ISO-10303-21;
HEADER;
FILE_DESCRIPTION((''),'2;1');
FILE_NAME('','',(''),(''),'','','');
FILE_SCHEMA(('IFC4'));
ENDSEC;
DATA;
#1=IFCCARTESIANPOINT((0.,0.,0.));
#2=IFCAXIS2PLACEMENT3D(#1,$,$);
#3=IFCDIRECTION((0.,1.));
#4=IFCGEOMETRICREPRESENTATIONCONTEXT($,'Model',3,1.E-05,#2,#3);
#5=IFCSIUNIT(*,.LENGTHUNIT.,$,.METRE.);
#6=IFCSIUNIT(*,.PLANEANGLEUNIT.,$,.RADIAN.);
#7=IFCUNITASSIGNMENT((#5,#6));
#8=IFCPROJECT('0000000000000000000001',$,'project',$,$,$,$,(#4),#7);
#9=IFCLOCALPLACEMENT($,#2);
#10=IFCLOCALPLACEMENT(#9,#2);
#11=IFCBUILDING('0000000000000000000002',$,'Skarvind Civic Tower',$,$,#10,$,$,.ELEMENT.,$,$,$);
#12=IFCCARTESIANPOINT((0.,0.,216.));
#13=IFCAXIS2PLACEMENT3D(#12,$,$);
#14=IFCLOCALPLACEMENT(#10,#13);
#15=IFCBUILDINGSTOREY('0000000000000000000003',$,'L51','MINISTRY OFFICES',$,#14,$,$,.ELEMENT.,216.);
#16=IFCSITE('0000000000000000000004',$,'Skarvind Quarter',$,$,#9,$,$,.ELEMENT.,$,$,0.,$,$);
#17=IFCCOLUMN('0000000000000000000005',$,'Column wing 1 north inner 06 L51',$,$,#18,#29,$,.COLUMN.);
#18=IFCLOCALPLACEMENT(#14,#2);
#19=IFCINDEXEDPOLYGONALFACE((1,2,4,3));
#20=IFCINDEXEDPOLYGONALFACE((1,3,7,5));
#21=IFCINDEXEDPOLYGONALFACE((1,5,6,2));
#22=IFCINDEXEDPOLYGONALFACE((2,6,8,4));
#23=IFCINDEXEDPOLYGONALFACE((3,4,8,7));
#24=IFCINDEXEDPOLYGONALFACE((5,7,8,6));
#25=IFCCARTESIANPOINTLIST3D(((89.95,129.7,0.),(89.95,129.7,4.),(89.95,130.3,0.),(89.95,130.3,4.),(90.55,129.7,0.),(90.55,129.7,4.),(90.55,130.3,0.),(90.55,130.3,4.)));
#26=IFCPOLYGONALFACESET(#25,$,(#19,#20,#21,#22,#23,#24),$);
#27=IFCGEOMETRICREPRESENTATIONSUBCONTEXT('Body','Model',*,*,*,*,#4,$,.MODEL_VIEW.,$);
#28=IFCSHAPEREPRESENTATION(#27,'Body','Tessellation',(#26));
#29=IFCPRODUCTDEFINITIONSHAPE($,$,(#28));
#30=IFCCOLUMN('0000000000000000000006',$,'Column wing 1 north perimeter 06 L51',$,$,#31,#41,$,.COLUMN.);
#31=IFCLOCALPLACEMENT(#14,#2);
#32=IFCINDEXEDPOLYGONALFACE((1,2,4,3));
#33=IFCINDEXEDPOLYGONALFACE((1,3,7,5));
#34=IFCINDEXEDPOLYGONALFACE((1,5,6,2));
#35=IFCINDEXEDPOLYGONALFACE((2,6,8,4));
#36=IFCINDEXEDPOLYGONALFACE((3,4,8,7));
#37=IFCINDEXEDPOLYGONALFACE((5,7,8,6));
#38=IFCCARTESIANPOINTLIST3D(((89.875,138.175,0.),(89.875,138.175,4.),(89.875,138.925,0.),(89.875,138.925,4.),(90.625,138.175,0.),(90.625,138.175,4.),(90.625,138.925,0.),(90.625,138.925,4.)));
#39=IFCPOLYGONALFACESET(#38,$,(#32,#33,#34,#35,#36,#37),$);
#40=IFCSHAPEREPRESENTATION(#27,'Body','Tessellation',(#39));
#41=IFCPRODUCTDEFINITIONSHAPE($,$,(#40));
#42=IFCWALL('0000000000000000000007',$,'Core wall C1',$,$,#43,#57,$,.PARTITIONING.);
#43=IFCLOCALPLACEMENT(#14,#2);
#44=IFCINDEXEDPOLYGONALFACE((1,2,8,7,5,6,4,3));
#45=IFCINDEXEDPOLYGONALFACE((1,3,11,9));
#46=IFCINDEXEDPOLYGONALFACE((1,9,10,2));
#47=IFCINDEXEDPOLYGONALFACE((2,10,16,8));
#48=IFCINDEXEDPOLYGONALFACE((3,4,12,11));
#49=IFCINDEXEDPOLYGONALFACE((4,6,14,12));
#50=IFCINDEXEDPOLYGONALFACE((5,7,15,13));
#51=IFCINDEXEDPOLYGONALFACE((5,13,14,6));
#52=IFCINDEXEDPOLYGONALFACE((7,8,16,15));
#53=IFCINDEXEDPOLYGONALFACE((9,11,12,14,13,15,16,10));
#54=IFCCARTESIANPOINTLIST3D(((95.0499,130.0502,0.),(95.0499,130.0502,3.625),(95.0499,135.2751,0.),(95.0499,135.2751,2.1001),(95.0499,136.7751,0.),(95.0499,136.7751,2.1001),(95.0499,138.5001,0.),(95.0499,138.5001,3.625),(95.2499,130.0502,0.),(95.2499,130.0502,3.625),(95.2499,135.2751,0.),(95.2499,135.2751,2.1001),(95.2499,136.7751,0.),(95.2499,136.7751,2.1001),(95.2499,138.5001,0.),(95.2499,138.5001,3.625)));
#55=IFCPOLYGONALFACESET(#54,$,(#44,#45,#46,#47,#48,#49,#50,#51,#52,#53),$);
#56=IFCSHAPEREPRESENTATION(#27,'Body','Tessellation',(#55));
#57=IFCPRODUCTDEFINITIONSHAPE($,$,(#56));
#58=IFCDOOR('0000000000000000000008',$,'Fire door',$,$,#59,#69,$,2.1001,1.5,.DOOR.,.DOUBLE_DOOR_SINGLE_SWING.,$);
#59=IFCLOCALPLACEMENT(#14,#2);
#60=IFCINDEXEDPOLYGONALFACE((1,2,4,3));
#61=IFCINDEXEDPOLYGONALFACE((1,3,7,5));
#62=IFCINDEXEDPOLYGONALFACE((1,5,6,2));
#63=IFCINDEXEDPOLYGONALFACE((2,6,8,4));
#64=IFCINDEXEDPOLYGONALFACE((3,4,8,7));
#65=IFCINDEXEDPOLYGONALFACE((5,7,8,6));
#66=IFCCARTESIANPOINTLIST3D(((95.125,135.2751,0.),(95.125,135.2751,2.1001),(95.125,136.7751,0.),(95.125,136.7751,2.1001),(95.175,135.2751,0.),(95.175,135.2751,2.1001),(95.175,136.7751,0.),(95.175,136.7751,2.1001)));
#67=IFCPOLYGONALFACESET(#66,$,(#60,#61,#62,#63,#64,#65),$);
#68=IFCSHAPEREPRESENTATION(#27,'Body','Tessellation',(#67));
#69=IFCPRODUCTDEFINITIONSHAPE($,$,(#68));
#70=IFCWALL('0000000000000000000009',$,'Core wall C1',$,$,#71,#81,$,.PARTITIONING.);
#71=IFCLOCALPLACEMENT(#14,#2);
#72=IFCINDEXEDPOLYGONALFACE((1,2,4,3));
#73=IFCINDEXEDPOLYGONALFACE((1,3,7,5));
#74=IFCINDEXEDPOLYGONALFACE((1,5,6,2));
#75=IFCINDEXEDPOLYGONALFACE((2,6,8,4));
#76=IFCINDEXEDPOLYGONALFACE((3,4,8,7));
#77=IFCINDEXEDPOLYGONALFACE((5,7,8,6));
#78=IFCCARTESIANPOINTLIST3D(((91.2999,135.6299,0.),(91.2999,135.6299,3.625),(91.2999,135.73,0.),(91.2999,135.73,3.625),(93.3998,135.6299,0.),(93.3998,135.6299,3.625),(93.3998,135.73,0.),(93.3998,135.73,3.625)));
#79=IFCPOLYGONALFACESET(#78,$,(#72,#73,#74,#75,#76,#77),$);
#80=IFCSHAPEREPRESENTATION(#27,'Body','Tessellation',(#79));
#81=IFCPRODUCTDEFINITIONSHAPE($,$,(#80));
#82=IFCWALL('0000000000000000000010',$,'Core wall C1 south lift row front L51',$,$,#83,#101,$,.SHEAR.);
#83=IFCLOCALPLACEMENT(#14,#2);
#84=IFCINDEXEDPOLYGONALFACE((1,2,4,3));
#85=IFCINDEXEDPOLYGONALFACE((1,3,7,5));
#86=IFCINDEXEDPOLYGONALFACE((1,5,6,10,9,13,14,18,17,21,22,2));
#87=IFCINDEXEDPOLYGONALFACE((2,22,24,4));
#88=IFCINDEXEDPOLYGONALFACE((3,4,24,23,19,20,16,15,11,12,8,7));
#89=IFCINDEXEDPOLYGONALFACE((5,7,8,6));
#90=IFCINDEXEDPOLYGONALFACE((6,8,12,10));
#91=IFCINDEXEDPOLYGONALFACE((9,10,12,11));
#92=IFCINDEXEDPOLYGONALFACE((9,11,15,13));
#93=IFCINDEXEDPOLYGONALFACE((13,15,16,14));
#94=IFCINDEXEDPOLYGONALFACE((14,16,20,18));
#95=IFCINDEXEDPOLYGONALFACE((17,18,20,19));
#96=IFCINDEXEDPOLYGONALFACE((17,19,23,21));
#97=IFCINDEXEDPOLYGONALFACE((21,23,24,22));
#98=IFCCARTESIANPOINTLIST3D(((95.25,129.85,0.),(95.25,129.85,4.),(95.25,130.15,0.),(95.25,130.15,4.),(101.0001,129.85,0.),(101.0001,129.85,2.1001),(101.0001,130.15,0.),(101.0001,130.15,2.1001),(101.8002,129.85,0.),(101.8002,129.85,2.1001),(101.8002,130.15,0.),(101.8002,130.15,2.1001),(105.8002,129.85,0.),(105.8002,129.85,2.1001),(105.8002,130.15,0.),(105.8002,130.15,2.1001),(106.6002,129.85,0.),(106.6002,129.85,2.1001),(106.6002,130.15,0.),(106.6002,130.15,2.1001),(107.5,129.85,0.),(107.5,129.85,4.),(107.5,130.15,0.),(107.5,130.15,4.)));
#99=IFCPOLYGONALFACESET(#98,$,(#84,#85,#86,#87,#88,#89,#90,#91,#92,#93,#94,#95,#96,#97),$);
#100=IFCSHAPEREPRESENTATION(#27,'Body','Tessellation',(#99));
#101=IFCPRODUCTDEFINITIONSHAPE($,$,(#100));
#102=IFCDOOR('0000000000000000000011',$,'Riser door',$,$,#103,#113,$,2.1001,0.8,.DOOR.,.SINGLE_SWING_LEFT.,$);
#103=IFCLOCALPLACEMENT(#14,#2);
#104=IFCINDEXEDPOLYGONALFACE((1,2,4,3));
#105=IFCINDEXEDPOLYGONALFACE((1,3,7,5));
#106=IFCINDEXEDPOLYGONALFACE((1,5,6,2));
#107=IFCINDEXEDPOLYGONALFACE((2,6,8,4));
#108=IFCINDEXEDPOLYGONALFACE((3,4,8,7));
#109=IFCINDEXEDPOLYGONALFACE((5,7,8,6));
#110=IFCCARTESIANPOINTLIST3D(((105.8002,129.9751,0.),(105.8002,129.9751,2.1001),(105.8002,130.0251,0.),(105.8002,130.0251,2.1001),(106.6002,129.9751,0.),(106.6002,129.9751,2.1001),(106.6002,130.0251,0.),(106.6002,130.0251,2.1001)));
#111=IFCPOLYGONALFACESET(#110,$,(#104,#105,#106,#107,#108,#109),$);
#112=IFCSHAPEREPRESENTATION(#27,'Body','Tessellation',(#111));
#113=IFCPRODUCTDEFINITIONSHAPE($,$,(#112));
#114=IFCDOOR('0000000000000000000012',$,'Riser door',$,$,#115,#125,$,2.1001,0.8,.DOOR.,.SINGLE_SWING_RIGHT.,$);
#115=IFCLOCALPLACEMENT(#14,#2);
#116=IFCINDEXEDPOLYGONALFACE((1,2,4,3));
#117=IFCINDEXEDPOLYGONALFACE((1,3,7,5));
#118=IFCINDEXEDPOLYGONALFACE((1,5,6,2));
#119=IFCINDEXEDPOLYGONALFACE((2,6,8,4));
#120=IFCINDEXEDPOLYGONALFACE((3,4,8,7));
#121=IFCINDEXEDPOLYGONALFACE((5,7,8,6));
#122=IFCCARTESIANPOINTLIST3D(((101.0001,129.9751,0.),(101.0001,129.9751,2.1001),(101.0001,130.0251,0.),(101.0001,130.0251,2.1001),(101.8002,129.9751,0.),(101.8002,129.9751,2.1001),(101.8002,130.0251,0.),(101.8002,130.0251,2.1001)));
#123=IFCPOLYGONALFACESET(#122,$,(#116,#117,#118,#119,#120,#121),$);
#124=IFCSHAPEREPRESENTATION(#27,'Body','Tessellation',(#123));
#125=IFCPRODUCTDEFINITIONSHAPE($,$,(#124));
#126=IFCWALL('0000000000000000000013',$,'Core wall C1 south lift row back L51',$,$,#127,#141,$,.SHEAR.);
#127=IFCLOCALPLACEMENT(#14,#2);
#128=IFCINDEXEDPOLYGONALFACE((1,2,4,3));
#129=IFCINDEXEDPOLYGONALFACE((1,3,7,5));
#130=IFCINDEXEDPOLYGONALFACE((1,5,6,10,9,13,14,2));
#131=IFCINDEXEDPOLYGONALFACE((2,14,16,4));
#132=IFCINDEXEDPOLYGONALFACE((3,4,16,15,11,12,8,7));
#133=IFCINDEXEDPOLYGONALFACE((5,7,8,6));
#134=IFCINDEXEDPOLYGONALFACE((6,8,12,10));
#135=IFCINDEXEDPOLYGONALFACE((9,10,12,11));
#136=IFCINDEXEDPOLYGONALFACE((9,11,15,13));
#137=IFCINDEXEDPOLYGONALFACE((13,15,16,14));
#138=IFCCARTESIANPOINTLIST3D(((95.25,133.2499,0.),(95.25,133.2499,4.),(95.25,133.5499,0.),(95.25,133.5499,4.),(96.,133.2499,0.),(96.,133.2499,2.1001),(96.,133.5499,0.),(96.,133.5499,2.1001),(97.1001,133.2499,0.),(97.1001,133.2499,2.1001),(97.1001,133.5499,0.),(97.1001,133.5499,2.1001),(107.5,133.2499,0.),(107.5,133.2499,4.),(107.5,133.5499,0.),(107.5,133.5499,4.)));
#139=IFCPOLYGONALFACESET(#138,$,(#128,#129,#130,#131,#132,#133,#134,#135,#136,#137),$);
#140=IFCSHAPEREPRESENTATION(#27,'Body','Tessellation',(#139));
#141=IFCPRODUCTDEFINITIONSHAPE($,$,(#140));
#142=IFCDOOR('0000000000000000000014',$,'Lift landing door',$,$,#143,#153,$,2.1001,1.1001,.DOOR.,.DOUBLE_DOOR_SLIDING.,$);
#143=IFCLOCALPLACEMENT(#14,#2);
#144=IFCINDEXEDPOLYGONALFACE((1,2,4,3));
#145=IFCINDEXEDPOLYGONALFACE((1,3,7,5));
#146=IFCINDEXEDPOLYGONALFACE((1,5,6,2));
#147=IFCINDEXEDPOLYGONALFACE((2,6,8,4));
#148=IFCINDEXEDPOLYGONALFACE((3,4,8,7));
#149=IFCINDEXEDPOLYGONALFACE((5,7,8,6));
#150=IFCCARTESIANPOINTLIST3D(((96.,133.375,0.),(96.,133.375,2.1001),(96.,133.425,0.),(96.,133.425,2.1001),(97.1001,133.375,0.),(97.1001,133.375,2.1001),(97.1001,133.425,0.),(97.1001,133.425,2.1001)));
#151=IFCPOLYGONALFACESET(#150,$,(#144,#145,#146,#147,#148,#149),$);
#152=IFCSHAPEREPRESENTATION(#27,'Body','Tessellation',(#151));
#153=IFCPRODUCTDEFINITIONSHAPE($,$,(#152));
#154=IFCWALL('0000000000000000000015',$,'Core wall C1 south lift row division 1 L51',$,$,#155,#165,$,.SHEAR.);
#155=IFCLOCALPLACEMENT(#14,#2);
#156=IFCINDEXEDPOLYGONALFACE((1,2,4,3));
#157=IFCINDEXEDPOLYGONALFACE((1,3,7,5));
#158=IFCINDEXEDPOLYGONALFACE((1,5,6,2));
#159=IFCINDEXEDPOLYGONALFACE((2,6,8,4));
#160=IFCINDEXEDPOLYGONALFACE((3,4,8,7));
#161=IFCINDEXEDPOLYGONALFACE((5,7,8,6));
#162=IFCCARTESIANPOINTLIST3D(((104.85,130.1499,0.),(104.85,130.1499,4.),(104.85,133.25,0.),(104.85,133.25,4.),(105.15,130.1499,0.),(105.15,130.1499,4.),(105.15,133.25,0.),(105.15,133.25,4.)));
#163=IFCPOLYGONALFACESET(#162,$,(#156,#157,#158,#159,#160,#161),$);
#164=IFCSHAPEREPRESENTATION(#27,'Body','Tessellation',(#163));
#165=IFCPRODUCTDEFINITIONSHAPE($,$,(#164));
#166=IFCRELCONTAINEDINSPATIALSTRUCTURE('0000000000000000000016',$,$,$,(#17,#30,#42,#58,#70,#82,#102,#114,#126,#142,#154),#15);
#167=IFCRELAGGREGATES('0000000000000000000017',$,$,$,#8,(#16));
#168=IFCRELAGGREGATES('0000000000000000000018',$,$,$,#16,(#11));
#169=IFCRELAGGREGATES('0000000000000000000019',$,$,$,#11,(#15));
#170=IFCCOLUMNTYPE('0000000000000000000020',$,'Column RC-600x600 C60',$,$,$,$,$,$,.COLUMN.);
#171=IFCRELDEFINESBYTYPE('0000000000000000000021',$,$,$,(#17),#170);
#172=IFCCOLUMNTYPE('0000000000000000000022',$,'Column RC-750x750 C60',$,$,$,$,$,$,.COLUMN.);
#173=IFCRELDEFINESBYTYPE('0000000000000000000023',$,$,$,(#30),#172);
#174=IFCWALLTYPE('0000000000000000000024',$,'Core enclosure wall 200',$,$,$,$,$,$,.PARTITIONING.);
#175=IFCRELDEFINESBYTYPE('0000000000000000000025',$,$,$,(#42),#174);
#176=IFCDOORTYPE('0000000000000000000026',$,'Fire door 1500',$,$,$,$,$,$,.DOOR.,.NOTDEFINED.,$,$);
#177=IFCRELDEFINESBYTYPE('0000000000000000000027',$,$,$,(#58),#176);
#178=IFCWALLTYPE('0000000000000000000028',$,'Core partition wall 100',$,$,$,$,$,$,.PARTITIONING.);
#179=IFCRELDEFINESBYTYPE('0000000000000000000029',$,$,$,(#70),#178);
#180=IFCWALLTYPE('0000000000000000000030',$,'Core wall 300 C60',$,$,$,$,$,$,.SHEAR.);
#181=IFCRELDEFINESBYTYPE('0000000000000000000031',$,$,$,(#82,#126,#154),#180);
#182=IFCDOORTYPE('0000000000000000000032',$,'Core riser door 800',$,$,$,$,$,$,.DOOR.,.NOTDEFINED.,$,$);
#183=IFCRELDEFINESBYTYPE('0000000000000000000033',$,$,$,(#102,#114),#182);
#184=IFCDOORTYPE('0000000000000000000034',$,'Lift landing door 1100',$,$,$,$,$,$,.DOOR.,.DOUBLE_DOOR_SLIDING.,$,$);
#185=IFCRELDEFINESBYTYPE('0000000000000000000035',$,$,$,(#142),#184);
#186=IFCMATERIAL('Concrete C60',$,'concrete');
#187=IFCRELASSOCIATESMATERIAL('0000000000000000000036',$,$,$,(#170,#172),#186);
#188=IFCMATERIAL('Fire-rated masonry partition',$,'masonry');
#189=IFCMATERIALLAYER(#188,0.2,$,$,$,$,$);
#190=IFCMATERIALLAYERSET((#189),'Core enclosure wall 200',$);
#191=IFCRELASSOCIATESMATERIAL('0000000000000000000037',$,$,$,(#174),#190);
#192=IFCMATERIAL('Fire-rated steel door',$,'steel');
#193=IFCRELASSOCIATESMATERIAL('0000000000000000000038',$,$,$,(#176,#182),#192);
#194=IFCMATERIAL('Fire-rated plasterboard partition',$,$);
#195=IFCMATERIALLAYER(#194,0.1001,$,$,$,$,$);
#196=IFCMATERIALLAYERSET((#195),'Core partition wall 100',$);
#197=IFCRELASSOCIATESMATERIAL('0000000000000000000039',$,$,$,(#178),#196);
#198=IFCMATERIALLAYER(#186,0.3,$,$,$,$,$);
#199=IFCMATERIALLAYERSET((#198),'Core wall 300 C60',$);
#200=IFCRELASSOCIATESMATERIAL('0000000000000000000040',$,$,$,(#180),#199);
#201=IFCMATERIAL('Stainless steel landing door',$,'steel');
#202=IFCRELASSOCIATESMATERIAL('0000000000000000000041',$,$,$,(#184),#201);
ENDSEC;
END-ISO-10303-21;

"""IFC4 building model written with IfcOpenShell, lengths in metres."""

from ifc_helpers import new_model, si_unit, direction, frame, frame_2d, origin, origin_2d, place, context, subcontext, project, spatial, rectangle, extrude, material, layer, layer_set, material_profile, profile_set, type_object, element, fill, save


model = new_model("IFC4")

# Units and contexts
model_context = context("Model", 3, precision=1e-05, world=origin(), true_north=direction((0.0, 1.0)))
body_context = subcontext(model_context, "Body", "Model", "MODEL_VIEW")
ifc_project = project(units=[si_unit("LENGTHUNIT", "METRE"), si_unit("PLANEANGLEUNIT", "RADIAN")], contexts=[model_context])

# Site, building, storey
site_placement = place(None, origin())
site = spatial("IfcSite", under=ifc_project, at=site_placement, Name="Skarvind Quarter", CompositionType="ELEMENT", RefElevation=0.0)
building_placement = place(site_placement, origin())
building = spatial("IfcBuilding", under=site, at=building_placement, Name="Skarvind Civic Tower", CompositionType="ELEMENT")
storey_placement = place(building_placement, frame((0.0, 0.0, 216.0)))
storey = spatial("IfcBuildingStorey", under=building, at=storey_placement, Name="L51", Description="MINISTRY OFFICES", CompositionType="ELEMENT", Elevation=216.0)

# Columns
ifc_material_1 = material(Name="Concrete C60", Category="concrete")
ifc_material_profile_1 = material_profile(ifc_material_1, rectangle(XDim=0.6001, YDim=0.6001, at=origin_2d()), Name="RC-600x600")
ifc_profile_set_1 = profile_set([ifc_material_profile_1], Name="Concrete C60")
column_type_1 = type_object("IfcColumnType", Name="Column RC-600x600 C60", PredefinedType="COLUMN", material=ifc_profile_set_1)
column_1_placement = place(storey_placement, frame((90.25, 130.0, 0.0), z_axis=(0.0, 0.0, 1.0), x_axis=(1.0, 0.0, 0.0)))
element("IfcColumn", 1, at=column_1_placement, inside=storey, type_object=column_type_1, Name="Column wing 1 north inner 06 L51", PredefinedType="COLUMN", context=body_context, shape_type="SweptSolid", body=[
    extrude(rectangle(XDim=0.6001, YDim=0.6001, at=origin_2d()), origin(), (0.0, 0.0, 1.0), 4.0),
])
ifc_material_profile_2 = material_profile(ifc_material_1, rectangle(XDim=0.75, YDim=0.75, at=origin_2d()), Name="RC-750x750")
ifc_profile_set_2 = profile_set([ifc_material_profile_2], Name="Concrete C60")
column_type_2 = type_object("IfcColumnType", Name="Column RC-750x750 C60", PredefinedType="COLUMN", material=ifc_profile_set_2)
column_2_placement = place(storey_placement, frame((90.25, 138.55, 0.0), z_axis=(0.0, 0.0, 1.0), x_axis=(1.0, 0.0, 0.0)))
element("IfcColumn", 2, at=column_2_placement, inside=storey, type_object=column_type_2, Name="Column wing 1 north perimeter 06 L51", PredefinedType="COLUMN", context=body_context, shape_type="SweptSolid", body=[
    extrude(rectangle(XDim=0.75, YDim=0.75, at=origin_2d()), origin(), (0.0, 0.0, 1.0), 4.0),
])

# Wall, opening, door
ifc_material_2 = material(Name="Fire-rated masonry partition", Category="masonry")
ifc_layer_1 = layer(ifc_material_2, 0.2)
ifc_layer_set_1 = layer_set([ifc_layer_1], Name="Core enclosure wall 200")
wall_type_1 = type_object("IfcWallType", Name="Core enclosure wall 200", PredefinedType="PARTITIONING", material=ifc_layer_set_1)
wall_1_placement = place(storey_placement, frame((95.1499, 130.05, 0.0), z_axis=(0.0, 0.0, 1.0), x_axis=(0.0, 1.0, 0.0)))
wall_1 = element("IfcWall", 3, at=wall_1_placement, inside=storey, type_object=wall_type_1, Name="Core wall C1", PredefinedType="PARTITIONING", context=body_context, shape_type="SweptSolid", body=[
    extrude(rectangle(XDim=8.45, YDim=0.2, at=frame_2d((4.2251, 0.0))), origin(), (0.0, 0.0, 1.0), 3.625),
])
opening_1_placement = place(wall_1_placement, frame((5.2251, 0.0, 0.0)))
opening_1 = element("IfcOpeningElement", 4, at=opening_1_placement, cuts=wall_1, PredefinedType="OPENING", context=body_context, shape_type="SweptSolid", body=[
    extrude(rectangle(XDim=1.5, YDim=2.1001, at=frame_2d((0.75, 1.05))), frame((0.0, 0.1099, 0.0), z_axis=(0.0, -1.0, 0.0), x_axis=(1.0, 0.0, 0.0)), (0.0, 0.0, 1.0), 0.22),
])
ifc_material_3 = material(Name="Fire-rated steel door", Category="steel")
door_type_1 = type_object("IfcDoorType", Name="Fire door 1500", OperationType="NOTDEFINED", PredefinedType="DOOR", material=ifc_material_3)
door_1_placement = place(opening_1_placement, origin())
door_1 = element("IfcDoor", 5, at=door_1_placement, inside=storey, type_object=door_type_1, Name="Fire door", OperationType="DOUBLE_DOOR_SINGLE_SWING", OverallHeight=2.1001, OverallWidth=1.5, PredefinedType="DOOR", context=body_context, shape_type="SweptSolid", body=[
    extrude(rectangle(XDim=1.5, YDim=2.1001, at=frame_2d((0.75, 1.05))), frame((0.0, 0.0249, 0.0), z_axis=(0.0, -1.0, 0.0), x_axis=(1.0, 0.0, 0.0)), (0.0, 0.0, 1.0), 0.05),
])
fill(opening_1, door_1)

# Wall
ifc_material_4 = material(Name="Fire-rated plasterboard partition")
ifc_layer_2 = layer(ifc_material_4, 0.1001)
ifc_layer_set_2 = layer_set([ifc_layer_2], Name="Core partition wall 100")
wall_type_2 = type_object("IfcWallType", Name="Core partition wall 100", PredefinedType="PARTITIONING", material=ifc_layer_set_2)
wall_2_placement = place(storey_placement, frame((91.3, 135.6799, 0.0), z_axis=(0.0, 0.0, 1.0), x_axis=(1.0, 0.0, 0.0)))
element("IfcWall", 6, at=wall_2_placement, inside=storey, type_object=wall_type_2, Name="Core wall C1", PredefinedType="PARTITIONING", context=body_context, shape_type="SweptSolid", body=[
    extrude(rectangle(XDim=2.0999, YDim=0.1001, at=frame_2d((1.0498, 0.0))), origin(), (0.0, 0.0, 1.0), 3.625),
])

# Wall, openings, doors
ifc_layer_3 = layer(ifc_material_1, 0.3)
ifc_layer_set_3 = layer_set([ifc_layer_3], Name="Core wall 300 C60")
wall_type_3 = type_object("IfcWallType", Name="Core wall 300 C60", PredefinedType="SHEAR", material=ifc_layer_set_3)
wall_3_placement = place(storey_placement, frame((107.5, 130.0, 0.0), z_axis=(0.0, 0.0, 1.0), x_axis=(-1.0, 0.0, 0.0)))
wall_3 = element("IfcWall", 7, at=wall_3_placement, inside=storey, type_object=wall_type_3, Name="Core wall C1 south lift row front L51", PredefinedType="SHEAR", context=body_context, shape_type="SweptSolid", body=[
    extrude(rectangle(XDim=12.25, YDim=0.3, at=frame_2d((6.125, 0.0))), origin(), (0.0, 0.0, 1.0), 4.0),
])
opening_2_placement = place(wall_3_placement, frame((0.8999, 0.0, 0.0)))
opening_2 = element("IfcOpeningElement", 8, at=opening_2_placement, cuts=wall_3, PredefinedType="OPENING", context=body_context, shape_type="SweptSolid", body=[
    extrude(rectangle(XDim=0.8, YDim=2.1001, at=frame_2d((0.3999, 1.05))), frame((0.0, 0.1599, 0.0), z_axis=(0.0, -1.0, 0.0), x_axis=(1.0, 0.0, 0.0)), (0.0, 0.0, 1.0), 0.3201),
])
opening_3_placement = place(wall_3_placement, frame((5.7, 0.0, 0.0)))
opening_3 = element("IfcOpeningElement", 9, at=opening_3_placement, cuts=wall_3, PredefinedType="OPENING", context=body_context, shape_type="SweptSolid", body=[
    extrude(rectangle(XDim=0.8, YDim=2.1001, at=frame_2d((0.3999, 1.05))), frame((0.0, 0.1599, 0.0), z_axis=(0.0, -1.0, 0.0), x_axis=(1.0, 0.0, 0.0)), (0.0, 0.0, 1.0), 0.3201),
])
door_type_2 = type_object("IfcDoorType", Name="Core riser door 800", OperationType="NOTDEFINED", PredefinedType="DOOR", material=ifc_material_3)
door_2_placement = place(opening_2_placement, origin())
door_2 = element("IfcDoor", 10, at=door_2_placement, inside=storey, type_object=door_type_2, Name="Riser door", OperationType="SINGLE_SWING_LEFT", OverallHeight=2.1001, OverallWidth=0.8, PredefinedType="DOOR", context=body_context, shape_type="SweptSolid", body=[
    extrude(rectangle(XDim=0.8, YDim=2.1001, at=frame_2d((0.3999, 1.05))), frame((0.0, 0.0249, 0.0), z_axis=(0.0, -1.0, 0.0), x_axis=(1.0, 0.0, 0.0)), (0.0, 0.0, 1.0), 0.05),
])
fill(opening_2, door_2)
door_3_placement = place(opening_3_placement, origin())
door_3 = element("IfcDoor", 11, at=door_3_placement, inside=storey, type_object=door_type_2, Name="Riser door", OperationType="SINGLE_SWING_RIGHT", OverallHeight=2.1001, OverallWidth=0.8, PredefinedType="DOOR", context=body_context, shape_type="SweptSolid", body=[
    extrude(rectangle(XDim=0.8, YDim=2.1001, at=frame_2d((0.3999, 1.05))), frame((0.0, 0.0249, 0.0), z_axis=(0.0, -1.0, 0.0), x_axis=(1.0, 0.0, 0.0)), (0.0, 0.0, 1.0), 0.05),
])
fill(opening_3, door_3)

# Wall, opening, door
wall_4_placement = place(storey_placement, frame((107.5, 133.3999, 0.0), z_axis=(0.0, 0.0, 1.0), x_axis=(-1.0, 0.0, 0.0)))
wall_4 = element("IfcWall", 12, at=wall_4_placement, inside=storey, type_object=wall_type_3, Name="Core wall C1 south lift row back L51", PredefinedType="SHEAR", context=body_context, shape_type="SweptSolid", body=[
    extrude(rectangle(XDim=12.25, YDim=0.3, at=frame_2d((6.125, 0.0))), origin(), (0.0, 0.0, 1.0), 4.0),
])
opening_4_placement = place(wall_4_placement, frame((10.3999, 0.0, 0.0)))
opening_4 = element("IfcOpeningElement", 13, at=opening_4_placement, cuts=wall_4, PredefinedType="OPENING", context=body_context, shape_type="SweptSolid", body=[
    extrude(rectangle(XDim=1.1001, YDim=2.1001, at=frame_2d((0.55, 1.05))), frame((0.0, 0.1599, 0.0), z_axis=(0.0, -1.0, 0.0), x_axis=(1.0, 0.0, 0.0)), (0.0, 0.0, 1.0), 0.3201),
])
ifc_material_5 = material(Name="Stainless steel landing door", Category="steel")
door_type_3 = type_object("IfcDoorType", Name="Lift landing door 1100", OperationType="DOUBLE_DOOR_SLIDING", PredefinedType="DOOR", material=ifc_material_5)
door_4_placement = place(opening_4_placement, origin())
door_4 = element("IfcDoor", 14, at=door_4_placement, inside=storey, type_object=door_type_3, Name="Lift landing door", OperationType="DOUBLE_DOOR_SLIDING", OverallHeight=2.1001, OverallWidth=1.1001, PredefinedType="DOOR", context=body_context, shape_type="SweptSolid", body=[
    extrude(rectangle(XDim=1.1001, YDim=2.1001, at=frame_2d((0.55, 1.05))), frame((0.0, 0.0249, 0.0), z_axis=(0.0, -1.0, 0.0), x_axis=(1.0, 0.0, 0.0)), (0.0, 0.0, 1.0), 0.05),
])
fill(opening_4, door_4)

# Wall
for number, where, z_axis, x_axis, name in (
    (15, (105.0, 133.25, 0.0), (0.0, 0.0, 1.0), (0.0, -1.0, 0.0), "Core wall C1 south lift row division 1 L51"),
):
    element("IfcWall", number, at=place(storey_placement, frame(where, z_axis=z_axis, x_axis=x_axis)), inside=storey, type_object=wall_type_3, Name=name, PredefinedType="SHEAR", context=body_context, shape_type="SweptSolid", body=[
        extrude(rectangle(XDim=3.1001, YDim=0.3, at=frame_2d((1.55, 0.0))), origin(), (0.0, 0.0, 1.0), 4.0),
    ])

save(model, "model.ifc")
